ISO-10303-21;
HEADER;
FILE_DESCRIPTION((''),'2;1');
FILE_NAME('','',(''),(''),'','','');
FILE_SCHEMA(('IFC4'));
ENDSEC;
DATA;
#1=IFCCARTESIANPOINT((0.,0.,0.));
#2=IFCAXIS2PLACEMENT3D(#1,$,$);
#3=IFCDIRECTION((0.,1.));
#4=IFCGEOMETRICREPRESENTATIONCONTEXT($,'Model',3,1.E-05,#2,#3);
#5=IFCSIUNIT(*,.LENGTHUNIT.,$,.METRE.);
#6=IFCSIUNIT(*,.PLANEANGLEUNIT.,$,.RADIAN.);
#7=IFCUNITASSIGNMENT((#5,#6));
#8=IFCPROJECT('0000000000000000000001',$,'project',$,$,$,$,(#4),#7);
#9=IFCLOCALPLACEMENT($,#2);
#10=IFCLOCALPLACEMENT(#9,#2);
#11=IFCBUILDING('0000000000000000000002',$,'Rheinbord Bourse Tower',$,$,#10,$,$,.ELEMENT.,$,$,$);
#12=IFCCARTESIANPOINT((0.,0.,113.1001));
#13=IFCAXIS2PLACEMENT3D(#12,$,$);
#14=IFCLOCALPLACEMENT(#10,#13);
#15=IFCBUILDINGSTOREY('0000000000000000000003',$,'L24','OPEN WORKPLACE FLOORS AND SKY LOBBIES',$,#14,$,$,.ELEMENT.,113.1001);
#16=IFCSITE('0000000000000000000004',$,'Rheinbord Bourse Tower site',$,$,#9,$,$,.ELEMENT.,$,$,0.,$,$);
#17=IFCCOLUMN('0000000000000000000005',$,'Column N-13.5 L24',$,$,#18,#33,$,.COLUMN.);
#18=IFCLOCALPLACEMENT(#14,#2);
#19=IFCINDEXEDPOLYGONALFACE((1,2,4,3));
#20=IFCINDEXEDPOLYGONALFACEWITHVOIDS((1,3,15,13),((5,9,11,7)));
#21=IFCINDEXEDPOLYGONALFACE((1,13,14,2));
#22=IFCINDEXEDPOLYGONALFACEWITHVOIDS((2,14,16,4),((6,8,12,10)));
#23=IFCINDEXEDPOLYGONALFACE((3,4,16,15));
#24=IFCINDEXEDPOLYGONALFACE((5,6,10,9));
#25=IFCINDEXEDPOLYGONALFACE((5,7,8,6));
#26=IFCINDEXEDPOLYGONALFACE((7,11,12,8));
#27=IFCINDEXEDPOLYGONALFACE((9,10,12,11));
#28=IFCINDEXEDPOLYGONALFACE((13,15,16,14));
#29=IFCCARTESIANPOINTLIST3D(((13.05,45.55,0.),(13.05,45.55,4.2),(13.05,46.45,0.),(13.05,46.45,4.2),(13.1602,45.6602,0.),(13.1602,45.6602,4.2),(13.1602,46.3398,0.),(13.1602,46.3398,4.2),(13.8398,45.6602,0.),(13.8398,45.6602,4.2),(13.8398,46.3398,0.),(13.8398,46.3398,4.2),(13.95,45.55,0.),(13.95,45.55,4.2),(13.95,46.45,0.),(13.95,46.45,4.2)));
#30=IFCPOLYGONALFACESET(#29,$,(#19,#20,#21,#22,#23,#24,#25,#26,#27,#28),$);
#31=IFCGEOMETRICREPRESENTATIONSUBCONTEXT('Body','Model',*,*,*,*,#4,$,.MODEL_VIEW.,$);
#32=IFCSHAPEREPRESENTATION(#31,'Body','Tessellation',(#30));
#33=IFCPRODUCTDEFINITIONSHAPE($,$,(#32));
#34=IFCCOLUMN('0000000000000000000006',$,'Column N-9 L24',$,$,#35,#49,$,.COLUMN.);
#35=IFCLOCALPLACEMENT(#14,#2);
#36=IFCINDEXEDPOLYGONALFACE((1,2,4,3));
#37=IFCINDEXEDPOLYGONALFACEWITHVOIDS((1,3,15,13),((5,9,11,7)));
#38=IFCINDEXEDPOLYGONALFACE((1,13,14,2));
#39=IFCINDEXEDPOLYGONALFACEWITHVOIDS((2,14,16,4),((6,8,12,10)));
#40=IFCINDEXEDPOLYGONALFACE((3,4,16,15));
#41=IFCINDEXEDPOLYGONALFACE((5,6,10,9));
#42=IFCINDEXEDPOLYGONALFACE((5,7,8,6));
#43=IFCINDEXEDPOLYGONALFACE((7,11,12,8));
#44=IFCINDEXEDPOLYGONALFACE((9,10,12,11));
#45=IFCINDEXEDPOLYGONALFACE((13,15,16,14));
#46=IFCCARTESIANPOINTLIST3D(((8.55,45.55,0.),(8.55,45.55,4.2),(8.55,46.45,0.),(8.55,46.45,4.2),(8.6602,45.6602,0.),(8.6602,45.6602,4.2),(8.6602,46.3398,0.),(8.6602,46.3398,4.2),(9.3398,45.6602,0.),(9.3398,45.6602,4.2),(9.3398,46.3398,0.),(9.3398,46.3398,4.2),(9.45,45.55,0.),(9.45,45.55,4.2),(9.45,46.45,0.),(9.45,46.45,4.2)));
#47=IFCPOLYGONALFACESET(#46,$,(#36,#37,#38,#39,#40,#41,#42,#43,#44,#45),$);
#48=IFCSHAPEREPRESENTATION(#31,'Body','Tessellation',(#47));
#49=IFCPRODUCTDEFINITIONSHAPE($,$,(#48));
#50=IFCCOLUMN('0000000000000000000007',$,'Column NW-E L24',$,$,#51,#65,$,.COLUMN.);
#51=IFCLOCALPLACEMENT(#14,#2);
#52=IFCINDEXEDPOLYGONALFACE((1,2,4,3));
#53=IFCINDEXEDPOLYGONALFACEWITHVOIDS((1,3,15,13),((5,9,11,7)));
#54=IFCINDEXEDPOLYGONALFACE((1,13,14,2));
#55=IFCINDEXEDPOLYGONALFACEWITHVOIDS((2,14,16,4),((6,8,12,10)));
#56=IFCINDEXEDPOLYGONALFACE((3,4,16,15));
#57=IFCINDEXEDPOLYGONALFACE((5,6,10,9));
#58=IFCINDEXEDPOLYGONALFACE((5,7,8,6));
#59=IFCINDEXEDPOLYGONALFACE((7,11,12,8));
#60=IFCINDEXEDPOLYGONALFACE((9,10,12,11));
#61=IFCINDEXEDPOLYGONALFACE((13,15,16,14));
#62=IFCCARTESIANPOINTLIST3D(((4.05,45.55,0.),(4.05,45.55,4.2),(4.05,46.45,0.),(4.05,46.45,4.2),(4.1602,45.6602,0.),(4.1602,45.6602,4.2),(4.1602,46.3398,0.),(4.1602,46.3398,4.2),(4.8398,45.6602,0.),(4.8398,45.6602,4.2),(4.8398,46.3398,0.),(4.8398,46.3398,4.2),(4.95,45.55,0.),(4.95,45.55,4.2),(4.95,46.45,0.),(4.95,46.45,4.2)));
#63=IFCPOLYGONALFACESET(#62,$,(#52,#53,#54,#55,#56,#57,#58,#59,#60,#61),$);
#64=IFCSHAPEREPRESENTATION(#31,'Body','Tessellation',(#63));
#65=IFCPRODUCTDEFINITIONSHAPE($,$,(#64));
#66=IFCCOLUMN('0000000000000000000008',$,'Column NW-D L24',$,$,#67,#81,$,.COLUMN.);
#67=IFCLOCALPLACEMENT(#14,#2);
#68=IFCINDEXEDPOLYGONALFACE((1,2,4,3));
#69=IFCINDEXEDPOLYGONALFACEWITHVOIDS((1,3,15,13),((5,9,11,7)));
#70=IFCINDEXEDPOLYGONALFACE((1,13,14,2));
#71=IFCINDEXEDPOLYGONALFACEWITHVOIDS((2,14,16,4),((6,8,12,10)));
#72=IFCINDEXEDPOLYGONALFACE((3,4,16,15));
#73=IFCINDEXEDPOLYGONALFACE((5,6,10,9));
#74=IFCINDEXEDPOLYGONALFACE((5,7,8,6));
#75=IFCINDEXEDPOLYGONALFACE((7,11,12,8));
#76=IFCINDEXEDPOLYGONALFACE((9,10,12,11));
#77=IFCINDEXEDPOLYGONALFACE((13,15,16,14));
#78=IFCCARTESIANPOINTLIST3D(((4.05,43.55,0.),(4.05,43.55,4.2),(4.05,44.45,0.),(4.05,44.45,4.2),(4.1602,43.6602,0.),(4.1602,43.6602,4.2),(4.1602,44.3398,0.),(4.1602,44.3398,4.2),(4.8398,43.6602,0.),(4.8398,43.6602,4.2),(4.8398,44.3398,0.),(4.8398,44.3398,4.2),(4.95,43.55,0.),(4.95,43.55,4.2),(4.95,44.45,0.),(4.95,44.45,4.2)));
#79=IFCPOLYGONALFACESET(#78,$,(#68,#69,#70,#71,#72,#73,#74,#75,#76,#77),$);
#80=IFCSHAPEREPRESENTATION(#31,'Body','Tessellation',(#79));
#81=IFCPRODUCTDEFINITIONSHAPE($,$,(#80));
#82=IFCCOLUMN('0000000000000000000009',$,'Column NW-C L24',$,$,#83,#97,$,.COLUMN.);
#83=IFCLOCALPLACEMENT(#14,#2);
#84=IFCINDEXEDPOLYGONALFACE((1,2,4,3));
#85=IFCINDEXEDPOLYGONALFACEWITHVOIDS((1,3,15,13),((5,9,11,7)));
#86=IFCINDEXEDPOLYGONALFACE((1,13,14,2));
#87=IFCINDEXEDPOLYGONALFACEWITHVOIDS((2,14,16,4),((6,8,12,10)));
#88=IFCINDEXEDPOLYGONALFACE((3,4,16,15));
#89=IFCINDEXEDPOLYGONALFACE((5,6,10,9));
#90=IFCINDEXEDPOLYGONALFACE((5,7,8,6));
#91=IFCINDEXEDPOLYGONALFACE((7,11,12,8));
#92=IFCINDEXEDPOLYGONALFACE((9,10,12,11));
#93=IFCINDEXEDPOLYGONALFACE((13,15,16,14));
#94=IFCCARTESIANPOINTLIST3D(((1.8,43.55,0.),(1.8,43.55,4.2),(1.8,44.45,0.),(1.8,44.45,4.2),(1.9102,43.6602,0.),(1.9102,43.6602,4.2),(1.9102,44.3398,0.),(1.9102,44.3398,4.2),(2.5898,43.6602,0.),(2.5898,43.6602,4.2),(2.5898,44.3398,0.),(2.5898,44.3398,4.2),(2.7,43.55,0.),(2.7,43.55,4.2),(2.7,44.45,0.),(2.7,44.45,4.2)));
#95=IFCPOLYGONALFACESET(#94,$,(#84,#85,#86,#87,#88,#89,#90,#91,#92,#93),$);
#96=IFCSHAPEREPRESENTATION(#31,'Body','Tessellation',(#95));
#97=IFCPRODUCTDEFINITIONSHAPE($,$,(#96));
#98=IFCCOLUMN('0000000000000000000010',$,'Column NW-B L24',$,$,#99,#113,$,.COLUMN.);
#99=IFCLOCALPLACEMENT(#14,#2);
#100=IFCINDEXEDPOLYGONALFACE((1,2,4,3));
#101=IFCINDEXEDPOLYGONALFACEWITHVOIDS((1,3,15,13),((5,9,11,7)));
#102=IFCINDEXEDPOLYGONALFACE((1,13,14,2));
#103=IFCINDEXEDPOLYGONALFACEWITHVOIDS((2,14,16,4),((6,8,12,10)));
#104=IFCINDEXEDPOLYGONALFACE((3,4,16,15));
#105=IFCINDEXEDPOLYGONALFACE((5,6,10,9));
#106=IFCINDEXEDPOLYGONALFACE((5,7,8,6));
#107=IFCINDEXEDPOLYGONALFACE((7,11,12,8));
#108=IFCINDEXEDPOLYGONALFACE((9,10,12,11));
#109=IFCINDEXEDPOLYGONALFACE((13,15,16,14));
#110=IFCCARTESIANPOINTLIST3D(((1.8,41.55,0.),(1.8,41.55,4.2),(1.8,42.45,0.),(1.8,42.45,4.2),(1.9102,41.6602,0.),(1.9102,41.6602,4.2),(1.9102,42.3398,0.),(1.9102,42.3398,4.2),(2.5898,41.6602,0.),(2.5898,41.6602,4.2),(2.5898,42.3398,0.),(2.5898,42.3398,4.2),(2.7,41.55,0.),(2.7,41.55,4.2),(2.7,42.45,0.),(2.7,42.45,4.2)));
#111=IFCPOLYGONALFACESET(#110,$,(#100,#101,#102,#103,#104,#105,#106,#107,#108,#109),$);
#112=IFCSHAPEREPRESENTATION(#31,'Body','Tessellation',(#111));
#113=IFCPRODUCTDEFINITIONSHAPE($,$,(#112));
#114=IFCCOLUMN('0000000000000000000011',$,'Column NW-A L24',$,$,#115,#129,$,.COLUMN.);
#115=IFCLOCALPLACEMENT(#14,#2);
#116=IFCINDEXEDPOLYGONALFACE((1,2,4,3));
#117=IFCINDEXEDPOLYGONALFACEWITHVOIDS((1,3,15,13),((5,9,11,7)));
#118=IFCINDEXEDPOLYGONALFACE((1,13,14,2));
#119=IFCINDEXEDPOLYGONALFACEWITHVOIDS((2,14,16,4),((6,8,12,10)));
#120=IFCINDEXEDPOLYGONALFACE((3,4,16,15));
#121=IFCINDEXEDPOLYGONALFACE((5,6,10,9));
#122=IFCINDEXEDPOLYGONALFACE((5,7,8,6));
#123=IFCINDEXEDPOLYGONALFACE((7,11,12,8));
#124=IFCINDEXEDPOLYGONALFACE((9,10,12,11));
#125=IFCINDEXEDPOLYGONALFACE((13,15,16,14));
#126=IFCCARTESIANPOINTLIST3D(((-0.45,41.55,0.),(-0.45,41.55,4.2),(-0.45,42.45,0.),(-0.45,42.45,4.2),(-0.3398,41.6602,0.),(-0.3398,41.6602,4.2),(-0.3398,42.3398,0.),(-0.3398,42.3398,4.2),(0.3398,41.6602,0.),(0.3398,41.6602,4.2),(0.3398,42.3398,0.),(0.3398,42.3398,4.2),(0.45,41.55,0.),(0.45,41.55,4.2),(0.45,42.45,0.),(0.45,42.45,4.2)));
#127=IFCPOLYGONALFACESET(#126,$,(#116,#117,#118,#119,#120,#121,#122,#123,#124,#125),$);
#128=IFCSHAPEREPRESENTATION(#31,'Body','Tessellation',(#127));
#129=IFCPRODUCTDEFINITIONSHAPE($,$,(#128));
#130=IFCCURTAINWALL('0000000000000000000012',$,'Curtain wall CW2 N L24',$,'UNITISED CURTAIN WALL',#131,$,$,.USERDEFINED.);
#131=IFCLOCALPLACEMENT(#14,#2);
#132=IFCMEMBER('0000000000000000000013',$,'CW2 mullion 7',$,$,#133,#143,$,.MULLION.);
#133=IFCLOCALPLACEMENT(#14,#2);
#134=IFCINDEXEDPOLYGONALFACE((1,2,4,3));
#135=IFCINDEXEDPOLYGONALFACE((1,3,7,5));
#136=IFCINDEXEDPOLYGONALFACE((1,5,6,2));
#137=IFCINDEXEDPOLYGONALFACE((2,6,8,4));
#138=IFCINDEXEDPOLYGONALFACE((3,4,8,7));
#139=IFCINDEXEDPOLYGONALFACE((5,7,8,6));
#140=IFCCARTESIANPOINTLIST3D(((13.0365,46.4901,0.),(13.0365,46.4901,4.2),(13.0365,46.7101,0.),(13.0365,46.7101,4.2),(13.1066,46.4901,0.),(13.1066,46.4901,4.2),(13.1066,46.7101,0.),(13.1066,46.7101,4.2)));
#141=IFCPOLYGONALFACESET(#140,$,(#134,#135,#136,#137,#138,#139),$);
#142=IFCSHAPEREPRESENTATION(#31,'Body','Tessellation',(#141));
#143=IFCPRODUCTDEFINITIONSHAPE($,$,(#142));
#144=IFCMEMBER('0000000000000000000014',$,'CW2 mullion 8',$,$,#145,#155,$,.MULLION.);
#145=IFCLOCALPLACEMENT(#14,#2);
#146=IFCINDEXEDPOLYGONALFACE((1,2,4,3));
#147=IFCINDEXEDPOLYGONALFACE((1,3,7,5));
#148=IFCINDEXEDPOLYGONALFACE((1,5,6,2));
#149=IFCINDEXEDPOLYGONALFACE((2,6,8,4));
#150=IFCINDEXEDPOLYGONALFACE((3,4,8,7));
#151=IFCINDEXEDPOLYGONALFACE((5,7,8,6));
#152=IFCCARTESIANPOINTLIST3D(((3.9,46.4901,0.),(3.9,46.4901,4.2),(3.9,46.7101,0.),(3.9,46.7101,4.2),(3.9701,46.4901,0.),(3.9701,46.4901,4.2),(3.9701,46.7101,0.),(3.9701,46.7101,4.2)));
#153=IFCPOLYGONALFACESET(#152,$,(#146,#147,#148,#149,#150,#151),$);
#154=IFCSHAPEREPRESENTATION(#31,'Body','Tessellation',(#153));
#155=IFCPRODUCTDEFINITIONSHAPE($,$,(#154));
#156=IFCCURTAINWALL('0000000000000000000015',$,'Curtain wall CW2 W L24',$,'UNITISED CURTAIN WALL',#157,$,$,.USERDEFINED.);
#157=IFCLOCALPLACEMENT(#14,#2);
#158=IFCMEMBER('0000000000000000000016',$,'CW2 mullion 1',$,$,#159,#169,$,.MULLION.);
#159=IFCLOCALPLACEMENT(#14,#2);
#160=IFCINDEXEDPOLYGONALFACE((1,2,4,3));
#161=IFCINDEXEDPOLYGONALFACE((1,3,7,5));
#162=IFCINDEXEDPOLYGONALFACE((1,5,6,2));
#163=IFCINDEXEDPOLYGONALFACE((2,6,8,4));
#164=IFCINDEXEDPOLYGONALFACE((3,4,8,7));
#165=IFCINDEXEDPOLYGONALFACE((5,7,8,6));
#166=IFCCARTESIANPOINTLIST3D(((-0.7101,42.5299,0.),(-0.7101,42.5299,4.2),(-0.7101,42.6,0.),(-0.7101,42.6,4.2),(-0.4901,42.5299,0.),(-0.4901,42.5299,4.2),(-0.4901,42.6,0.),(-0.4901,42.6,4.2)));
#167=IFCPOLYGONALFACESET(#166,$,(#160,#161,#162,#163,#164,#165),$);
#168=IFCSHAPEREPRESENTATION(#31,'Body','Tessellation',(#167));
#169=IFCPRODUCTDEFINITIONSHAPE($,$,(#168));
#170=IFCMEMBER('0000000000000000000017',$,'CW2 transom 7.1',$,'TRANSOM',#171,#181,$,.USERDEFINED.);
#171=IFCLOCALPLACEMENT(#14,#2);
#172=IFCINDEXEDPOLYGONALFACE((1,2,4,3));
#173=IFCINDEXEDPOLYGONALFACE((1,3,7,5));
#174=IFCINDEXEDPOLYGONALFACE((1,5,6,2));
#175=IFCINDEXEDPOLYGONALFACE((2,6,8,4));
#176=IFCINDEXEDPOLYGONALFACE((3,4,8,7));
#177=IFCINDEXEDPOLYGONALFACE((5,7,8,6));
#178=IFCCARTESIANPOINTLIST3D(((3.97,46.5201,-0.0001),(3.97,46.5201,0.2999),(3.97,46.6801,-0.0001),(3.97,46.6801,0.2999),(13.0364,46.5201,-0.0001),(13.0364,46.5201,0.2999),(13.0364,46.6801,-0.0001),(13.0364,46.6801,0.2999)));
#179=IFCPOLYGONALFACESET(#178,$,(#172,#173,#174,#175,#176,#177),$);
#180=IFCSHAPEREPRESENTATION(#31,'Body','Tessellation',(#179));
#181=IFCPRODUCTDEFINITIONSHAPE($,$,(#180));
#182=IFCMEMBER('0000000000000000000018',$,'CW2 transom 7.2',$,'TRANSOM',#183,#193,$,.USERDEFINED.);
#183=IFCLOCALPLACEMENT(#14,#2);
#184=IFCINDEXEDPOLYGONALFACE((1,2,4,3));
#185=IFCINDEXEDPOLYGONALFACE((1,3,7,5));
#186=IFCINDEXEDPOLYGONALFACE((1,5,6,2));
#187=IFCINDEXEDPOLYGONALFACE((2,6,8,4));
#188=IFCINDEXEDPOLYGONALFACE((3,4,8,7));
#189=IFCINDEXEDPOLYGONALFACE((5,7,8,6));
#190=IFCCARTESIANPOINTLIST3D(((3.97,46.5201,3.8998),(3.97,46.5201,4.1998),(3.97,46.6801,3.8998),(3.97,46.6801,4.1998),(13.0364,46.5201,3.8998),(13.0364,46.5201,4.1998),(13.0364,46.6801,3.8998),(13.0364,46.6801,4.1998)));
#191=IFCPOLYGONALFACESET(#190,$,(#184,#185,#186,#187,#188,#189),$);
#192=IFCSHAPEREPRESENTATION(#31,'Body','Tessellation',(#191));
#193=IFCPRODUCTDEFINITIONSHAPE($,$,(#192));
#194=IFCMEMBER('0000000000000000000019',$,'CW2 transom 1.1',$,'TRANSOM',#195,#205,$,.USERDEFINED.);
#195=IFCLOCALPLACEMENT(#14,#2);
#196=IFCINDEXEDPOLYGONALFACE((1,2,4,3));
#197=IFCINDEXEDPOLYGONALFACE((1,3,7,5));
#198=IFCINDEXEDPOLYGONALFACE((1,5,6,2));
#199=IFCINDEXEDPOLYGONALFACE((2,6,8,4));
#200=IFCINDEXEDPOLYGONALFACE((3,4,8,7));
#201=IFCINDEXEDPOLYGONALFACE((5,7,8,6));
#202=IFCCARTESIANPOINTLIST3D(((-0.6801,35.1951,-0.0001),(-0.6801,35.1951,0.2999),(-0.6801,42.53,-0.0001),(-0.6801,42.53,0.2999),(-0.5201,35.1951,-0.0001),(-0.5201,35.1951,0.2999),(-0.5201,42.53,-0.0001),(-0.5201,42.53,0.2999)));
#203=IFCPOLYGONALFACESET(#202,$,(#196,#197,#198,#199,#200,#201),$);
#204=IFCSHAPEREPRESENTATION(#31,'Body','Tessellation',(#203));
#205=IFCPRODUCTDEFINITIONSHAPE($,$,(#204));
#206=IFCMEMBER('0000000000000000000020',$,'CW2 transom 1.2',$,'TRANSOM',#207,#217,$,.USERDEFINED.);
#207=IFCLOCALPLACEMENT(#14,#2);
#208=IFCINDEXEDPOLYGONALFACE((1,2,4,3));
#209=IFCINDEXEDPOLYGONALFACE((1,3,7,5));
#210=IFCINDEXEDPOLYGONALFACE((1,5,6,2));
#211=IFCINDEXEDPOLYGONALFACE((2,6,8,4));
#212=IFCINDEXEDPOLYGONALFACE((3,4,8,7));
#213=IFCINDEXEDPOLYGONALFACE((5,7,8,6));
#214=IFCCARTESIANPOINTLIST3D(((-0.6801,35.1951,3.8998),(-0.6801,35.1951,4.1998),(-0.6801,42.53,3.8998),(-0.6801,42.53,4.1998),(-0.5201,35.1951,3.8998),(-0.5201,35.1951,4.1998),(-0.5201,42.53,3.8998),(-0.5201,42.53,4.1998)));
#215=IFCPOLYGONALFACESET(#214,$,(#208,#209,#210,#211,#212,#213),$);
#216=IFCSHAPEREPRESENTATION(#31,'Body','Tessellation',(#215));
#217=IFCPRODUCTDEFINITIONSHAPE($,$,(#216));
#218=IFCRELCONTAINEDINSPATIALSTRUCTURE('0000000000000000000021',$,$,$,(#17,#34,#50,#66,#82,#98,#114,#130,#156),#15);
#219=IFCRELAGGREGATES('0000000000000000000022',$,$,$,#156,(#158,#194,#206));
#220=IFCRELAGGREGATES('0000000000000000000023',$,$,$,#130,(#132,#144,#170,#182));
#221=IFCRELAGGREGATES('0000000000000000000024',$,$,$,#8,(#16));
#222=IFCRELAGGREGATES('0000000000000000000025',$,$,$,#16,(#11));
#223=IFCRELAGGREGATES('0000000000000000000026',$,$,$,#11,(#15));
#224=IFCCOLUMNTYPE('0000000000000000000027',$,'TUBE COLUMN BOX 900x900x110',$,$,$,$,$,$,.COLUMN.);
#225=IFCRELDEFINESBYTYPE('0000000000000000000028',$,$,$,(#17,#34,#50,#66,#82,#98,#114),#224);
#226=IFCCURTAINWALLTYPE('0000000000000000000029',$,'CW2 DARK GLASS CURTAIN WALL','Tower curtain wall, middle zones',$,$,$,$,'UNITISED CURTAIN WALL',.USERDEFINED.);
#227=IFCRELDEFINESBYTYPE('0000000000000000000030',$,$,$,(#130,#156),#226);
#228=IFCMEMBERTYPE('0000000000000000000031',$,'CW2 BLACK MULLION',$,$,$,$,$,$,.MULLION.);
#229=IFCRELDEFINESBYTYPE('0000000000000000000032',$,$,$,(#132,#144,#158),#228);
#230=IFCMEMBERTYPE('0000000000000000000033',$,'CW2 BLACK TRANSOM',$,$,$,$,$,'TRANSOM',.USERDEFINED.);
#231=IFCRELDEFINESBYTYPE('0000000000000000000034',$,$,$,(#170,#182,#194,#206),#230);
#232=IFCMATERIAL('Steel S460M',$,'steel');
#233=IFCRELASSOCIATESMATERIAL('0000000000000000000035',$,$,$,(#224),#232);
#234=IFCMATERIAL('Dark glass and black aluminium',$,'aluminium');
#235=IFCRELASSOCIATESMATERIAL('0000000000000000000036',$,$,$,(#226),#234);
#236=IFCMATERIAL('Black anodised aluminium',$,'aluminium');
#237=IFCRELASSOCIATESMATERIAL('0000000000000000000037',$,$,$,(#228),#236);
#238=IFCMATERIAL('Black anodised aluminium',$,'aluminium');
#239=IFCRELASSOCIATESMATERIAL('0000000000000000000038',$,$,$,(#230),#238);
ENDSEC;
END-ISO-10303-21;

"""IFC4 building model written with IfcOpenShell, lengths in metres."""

from ifc_helpers import new_model, si_unit, direction, frame, origin, origin_2d, place, context, subcontext, project, spatial, rectangle, hollow_rectangle, extrude, material, material_profile, profile_set, type_object, element, aggregate, save


model = new_model("IFC4")

# Units and contexts
model_context = context("Model", 3, precision=1e-05, world=origin(), true_north=direction((0.0, 1.0)))
body_context = subcontext(model_context, "Body", "Model", "MODEL_VIEW")
ifc_project = project(units=[si_unit("LENGTHUNIT", "METRE"), si_unit("PLANEANGLEUNIT", "RADIAN")], contexts=[model_context])

# Site, building, storey
site_placement = place(None, origin())
site = spatial("IfcSite", under=ifc_project, at=site_placement, Name="Rheinbord Bourse Tower site", CompositionType="ELEMENT", RefElevation=0.0)
building_placement = place(site_placement, origin())
building = spatial("IfcBuilding", under=site, at=building_placement, Name="Rheinbord Bourse Tower", CompositionType="ELEMENT")
storey_placement = place(building_placement, frame((0.0, 0.0, 113.1001)))
storey = spatial("IfcBuildingStorey", under=building, at=storey_placement, Name="L24", Description="OPEN WORKPLACE FLOORS AND SKY LOBBIES", CompositionType="ELEMENT", Elevation=113.1001)

# Columns
ifc_material_1 = material(Name="Steel S460M", Category="steel")
ifc_material_profile_1 = material_profile(ifc_material_1, hollow_rectangle(XDim=0.8999, YDim=0.8999, WallThickness=0.1101, at=origin_2d()), Name="BOX 900x900x110")
ifc_profile_set_1 = profile_set([ifc_material_profile_1], Name="Steel S460M")
column_type = type_object("IfcColumnType", Name="TUBE COLUMN BOX 900x900x110", PredefinedType="COLUMN", material=ifc_profile_set_1)
for number, where, z_axis, x_axis, name in (
    (1, (13.5, 46.0, 0.0), (0.0, 0.0, 1.0), (0.0, 1.0, 0.0), "Column N-13.5 L24"),
    (2, (9.0, 46.0, 0.0), (0.0, 0.0, 1.0), (0.0, 1.0, 0.0), "Column N-9 L24"),
    (3, (4.5, 46.0, 0.0), (0.0, 0.0, 1.0), (0.0, 1.0, 0.0), "Column NW-E L24"),
    (4, (4.5, 44.0, 0.0), (0.0, 0.0, 1.0), (0.0, 1.0, 0.0), "Column NW-D L24"),
    (5, (2.25, 44.0, 0.0), (0.0, 0.0, 1.0), (1.0, 0.0, 0.0), "Column NW-C L24"),
    (6, (2.25, 42.0, 0.0), (0.0, 0.0, 1.0), (1.0, 0.0, 0.0), "Column NW-B L24"),
    (7, (0.0, 42.0, 0.0), (0.0, 0.0, 1.0), (1.0, 0.0, 0.0), "Column NW-A L24"),
):
    element("IfcColumn", number, at=place(storey_placement, frame(where, z_axis=z_axis, x_axis=x_axis)), inside=storey, type_object=column_type, Name=name, PredefinedType="COLUMN", context=body_context, shape_type="SweptSolid", body=[
        extrude(hollow_rectangle(XDim=0.8999, YDim=0.8999, WallThickness=0.1101, at=origin_2d()), origin(), (0.0, 0.0, 1.0), 4.2),
    ])

# Curtain wall, members
ifc_material_2 = material(Name="Dark glass and black aluminium", Category="aluminium")
curtain_wall_type = type_object("IfcCurtainWallType", Name="CW2 DARK GLASS CURTAIN WALL", Description="Tower curtain wall, middle zones", ElementType="UNITISED CURTAIN WALL", PredefinedType="USERDEFINED", material=ifc_material_2)
curtain_wall_1_placement = place(storey_placement, origin())
curtain_wall_1 = element("IfcCurtainWall", 8, at=curtain_wall_1_placement, inside=storey, type_object=curtain_wall_type, Name="Curtain wall CW2 N L24", ObjectType="UNITISED CURTAIN WALL", PredefinedType="USERDEFINED")
ifc_material_3 = material(Name="Black anodised aluminium", Category="aluminium")
ifc_material_profile_2 = material_profile(ifc_material_3, rectangle(XDim=0.22, YDim=0.0701, at=origin_2d()), Name="CW2 MULLION 70x220")
ifc_profile_set_2 = profile_set([ifc_material_profile_2], Name="Black anodised aluminium")
member_type_1 = type_object("IfcMemberType", Name="CW2 BLACK MULLION", PredefinedType="MULLION", material=ifc_profile_set_2)
member_1_placement = place(storey_placement, frame((13.0715, 46.6001, 0.0), z_axis=(0.0, 0.0, 1.0), x_axis=(0.0, -1.0, 0.0)))
member_1 = element("IfcMember", 9, at=member_1_placement, type_object=member_type_1, Name="CW2 mullion 7", PredefinedType="MULLION", context=body_context, shape_type="SweptSolid", body=[
    extrude(rectangle(XDim=0.22, YDim=0.0701, at=origin_2d()), origin(), (0.0, 0.0, 1.0), 4.2),
])
member_2_placement = place(storey_placement, frame((3.9351, 46.6001, 0.0), z_axis=(0.0, 0.0, 1.0), x_axis=(0.0, -1.0, 0.0)))
member_2 = element("IfcMember", 10, at=member_2_placement, type_object=member_type_1, Name="CW2 mullion 8", PredefinedType="MULLION", context=body_context, shape_type="SweptSolid", body=[
    extrude(rectangle(XDim=0.22, YDim=0.0701, at=origin_2d()), origin(), (0.0, 0.0, 1.0), 4.2),
])

# Curtain wall, member
curtain_wall_2_placement = place(storey_placement, origin())
curtain_wall_2 = element("IfcCurtainWall", 11, at=curtain_wall_2_placement, inside=storey, type_object=curtain_wall_type, Name="Curtain wall CW2 W L24", ObjectType="UNITISED CURTAIN WALL", PredefinedType="USERDEFINED")
member_3_placement = place(storey_placement, frame((-0.6001, 42.5649, 0.0), z_axis=(0.0, 0.0, 1.0), x_axis=(1.0, 0.0, 0.0)))
member_3 = element("IfcMember", 12, at=member_3_placement, type_object=member_type_1, Name="CW2 mullion 1", PredefinedType="MULLION", context=body_context, shape_type="SweptSolid", body=[
    extrude(rectangle(XDim=0.22, YDim=0.0701, at=origin_2d()), origin(), (0.0, 0.0, 1.0), 4.2),
])

# Members
ifc_material_4 = material(Name="Black anodised aluminium", Category="aluminium")
ifc_material_profile_3 = material_profile(ifc_material_4, rectangle(XDim=0.1599, YDim=0.3, at=origin_2d()), Name="CW2 TRANSOM 300x160")
ifc_profile_set_3 = profile_set([ifc_material_profile_3], Name="Black anodised aluminium")
member_type_2 = type_object("IfcMemberType", Name="CW2 BLACK TRANSOM", ElementType="TRANSOM", PredefinedType="USERDEFINED", material=ifc_profile_set_3)
member_4_placement = place(storey_placement, frame((13.0364, 46.6001, 0.1499), z_axis=(-1.0, 0.0, 0.0), x_axis=(0.0, -1.0, 0.0)))
member_4 = element("IfcMember", 13, at=member_4_placement, type_object=member_type_2, Name="CW2 transom 7.1", ObjectType="TRANSOM", PredefinedType="USERDEFINED", context=body_context, shape_type="SweptSolid", body=[
    extrude(rectangle(XDim=0.1599, YDim=0.3, at=origin_2d()), origin(), (0.0, 0.0, 1.0), 9.0664),
])
member_5_placement = place(storey_placement, frame((13.0364, 46.6001, 4.0498), z_axis=(-1.0, 0.0, 0.0), x_axis=(0.0, -1.0, 0.0)))
member_5 = element("IfcMember", 14, at=member_5_placement, type_object=member_type_2, Name="CW2 transom 7.2", ObjectType="TRANSOM", PredefinedType="USERDEFINED", context=body_context, shape_type="SweptSolid", body=[
    extrude(rectangle(XDim=0.1599, YDim=0.3, at=origin_2d()), origin(), (0.0, 0.0, 1.0), 9.0664),
])
member_6_placement = place(storey_placement, frame((-0.6001, 42.53, 0.1499), z_axis=(0.0, -1.0, 0.0), x_axis=(1.0, 0.0, 0.0)))
member_6 = element("IfcMember", 15, at=member_6_placement, type_object=member_type_2, Name="CW2 transom 1.1", ObjectType="TRANSOM", PredefinedType="USERDEFINED", context=body_context, shape_type="SweptSolid", body=[
    extrude(rectangle(XDim=0.1599, YDim=0.3, at=origin_2d()), origin(), (0.0, 0.0, 1.0), 7.335),
])
member_7_placement = place(storey_placement, frame((-0.6001, 42.53, 4.0498), z_axis=(0.0, -1.0, 0.0), x_axis=(1.0, 0.0, 0.0)))
member_7 = element("IfcMember", 16, at=member_7_placement, type_object=member_type_2, Name="CW2 transom 1.2", ObjectType="TRANSOM", PredefinedType="USERDEFINED", context=body_context, shape_type="SweptSolid", body=[
    extrude(rectangle(XDim=0.1599, YDim=0.3, at=origin_2d()), origin(), (0.0, 0.0, 1.0), 7.335),
])
aggregate(curtain_wall_2, [member_3, member_6, member_7])

aggregate(curtain_wall_1, [member_1, member_2, member_4, member_5])

save(model, "model.ifc")
